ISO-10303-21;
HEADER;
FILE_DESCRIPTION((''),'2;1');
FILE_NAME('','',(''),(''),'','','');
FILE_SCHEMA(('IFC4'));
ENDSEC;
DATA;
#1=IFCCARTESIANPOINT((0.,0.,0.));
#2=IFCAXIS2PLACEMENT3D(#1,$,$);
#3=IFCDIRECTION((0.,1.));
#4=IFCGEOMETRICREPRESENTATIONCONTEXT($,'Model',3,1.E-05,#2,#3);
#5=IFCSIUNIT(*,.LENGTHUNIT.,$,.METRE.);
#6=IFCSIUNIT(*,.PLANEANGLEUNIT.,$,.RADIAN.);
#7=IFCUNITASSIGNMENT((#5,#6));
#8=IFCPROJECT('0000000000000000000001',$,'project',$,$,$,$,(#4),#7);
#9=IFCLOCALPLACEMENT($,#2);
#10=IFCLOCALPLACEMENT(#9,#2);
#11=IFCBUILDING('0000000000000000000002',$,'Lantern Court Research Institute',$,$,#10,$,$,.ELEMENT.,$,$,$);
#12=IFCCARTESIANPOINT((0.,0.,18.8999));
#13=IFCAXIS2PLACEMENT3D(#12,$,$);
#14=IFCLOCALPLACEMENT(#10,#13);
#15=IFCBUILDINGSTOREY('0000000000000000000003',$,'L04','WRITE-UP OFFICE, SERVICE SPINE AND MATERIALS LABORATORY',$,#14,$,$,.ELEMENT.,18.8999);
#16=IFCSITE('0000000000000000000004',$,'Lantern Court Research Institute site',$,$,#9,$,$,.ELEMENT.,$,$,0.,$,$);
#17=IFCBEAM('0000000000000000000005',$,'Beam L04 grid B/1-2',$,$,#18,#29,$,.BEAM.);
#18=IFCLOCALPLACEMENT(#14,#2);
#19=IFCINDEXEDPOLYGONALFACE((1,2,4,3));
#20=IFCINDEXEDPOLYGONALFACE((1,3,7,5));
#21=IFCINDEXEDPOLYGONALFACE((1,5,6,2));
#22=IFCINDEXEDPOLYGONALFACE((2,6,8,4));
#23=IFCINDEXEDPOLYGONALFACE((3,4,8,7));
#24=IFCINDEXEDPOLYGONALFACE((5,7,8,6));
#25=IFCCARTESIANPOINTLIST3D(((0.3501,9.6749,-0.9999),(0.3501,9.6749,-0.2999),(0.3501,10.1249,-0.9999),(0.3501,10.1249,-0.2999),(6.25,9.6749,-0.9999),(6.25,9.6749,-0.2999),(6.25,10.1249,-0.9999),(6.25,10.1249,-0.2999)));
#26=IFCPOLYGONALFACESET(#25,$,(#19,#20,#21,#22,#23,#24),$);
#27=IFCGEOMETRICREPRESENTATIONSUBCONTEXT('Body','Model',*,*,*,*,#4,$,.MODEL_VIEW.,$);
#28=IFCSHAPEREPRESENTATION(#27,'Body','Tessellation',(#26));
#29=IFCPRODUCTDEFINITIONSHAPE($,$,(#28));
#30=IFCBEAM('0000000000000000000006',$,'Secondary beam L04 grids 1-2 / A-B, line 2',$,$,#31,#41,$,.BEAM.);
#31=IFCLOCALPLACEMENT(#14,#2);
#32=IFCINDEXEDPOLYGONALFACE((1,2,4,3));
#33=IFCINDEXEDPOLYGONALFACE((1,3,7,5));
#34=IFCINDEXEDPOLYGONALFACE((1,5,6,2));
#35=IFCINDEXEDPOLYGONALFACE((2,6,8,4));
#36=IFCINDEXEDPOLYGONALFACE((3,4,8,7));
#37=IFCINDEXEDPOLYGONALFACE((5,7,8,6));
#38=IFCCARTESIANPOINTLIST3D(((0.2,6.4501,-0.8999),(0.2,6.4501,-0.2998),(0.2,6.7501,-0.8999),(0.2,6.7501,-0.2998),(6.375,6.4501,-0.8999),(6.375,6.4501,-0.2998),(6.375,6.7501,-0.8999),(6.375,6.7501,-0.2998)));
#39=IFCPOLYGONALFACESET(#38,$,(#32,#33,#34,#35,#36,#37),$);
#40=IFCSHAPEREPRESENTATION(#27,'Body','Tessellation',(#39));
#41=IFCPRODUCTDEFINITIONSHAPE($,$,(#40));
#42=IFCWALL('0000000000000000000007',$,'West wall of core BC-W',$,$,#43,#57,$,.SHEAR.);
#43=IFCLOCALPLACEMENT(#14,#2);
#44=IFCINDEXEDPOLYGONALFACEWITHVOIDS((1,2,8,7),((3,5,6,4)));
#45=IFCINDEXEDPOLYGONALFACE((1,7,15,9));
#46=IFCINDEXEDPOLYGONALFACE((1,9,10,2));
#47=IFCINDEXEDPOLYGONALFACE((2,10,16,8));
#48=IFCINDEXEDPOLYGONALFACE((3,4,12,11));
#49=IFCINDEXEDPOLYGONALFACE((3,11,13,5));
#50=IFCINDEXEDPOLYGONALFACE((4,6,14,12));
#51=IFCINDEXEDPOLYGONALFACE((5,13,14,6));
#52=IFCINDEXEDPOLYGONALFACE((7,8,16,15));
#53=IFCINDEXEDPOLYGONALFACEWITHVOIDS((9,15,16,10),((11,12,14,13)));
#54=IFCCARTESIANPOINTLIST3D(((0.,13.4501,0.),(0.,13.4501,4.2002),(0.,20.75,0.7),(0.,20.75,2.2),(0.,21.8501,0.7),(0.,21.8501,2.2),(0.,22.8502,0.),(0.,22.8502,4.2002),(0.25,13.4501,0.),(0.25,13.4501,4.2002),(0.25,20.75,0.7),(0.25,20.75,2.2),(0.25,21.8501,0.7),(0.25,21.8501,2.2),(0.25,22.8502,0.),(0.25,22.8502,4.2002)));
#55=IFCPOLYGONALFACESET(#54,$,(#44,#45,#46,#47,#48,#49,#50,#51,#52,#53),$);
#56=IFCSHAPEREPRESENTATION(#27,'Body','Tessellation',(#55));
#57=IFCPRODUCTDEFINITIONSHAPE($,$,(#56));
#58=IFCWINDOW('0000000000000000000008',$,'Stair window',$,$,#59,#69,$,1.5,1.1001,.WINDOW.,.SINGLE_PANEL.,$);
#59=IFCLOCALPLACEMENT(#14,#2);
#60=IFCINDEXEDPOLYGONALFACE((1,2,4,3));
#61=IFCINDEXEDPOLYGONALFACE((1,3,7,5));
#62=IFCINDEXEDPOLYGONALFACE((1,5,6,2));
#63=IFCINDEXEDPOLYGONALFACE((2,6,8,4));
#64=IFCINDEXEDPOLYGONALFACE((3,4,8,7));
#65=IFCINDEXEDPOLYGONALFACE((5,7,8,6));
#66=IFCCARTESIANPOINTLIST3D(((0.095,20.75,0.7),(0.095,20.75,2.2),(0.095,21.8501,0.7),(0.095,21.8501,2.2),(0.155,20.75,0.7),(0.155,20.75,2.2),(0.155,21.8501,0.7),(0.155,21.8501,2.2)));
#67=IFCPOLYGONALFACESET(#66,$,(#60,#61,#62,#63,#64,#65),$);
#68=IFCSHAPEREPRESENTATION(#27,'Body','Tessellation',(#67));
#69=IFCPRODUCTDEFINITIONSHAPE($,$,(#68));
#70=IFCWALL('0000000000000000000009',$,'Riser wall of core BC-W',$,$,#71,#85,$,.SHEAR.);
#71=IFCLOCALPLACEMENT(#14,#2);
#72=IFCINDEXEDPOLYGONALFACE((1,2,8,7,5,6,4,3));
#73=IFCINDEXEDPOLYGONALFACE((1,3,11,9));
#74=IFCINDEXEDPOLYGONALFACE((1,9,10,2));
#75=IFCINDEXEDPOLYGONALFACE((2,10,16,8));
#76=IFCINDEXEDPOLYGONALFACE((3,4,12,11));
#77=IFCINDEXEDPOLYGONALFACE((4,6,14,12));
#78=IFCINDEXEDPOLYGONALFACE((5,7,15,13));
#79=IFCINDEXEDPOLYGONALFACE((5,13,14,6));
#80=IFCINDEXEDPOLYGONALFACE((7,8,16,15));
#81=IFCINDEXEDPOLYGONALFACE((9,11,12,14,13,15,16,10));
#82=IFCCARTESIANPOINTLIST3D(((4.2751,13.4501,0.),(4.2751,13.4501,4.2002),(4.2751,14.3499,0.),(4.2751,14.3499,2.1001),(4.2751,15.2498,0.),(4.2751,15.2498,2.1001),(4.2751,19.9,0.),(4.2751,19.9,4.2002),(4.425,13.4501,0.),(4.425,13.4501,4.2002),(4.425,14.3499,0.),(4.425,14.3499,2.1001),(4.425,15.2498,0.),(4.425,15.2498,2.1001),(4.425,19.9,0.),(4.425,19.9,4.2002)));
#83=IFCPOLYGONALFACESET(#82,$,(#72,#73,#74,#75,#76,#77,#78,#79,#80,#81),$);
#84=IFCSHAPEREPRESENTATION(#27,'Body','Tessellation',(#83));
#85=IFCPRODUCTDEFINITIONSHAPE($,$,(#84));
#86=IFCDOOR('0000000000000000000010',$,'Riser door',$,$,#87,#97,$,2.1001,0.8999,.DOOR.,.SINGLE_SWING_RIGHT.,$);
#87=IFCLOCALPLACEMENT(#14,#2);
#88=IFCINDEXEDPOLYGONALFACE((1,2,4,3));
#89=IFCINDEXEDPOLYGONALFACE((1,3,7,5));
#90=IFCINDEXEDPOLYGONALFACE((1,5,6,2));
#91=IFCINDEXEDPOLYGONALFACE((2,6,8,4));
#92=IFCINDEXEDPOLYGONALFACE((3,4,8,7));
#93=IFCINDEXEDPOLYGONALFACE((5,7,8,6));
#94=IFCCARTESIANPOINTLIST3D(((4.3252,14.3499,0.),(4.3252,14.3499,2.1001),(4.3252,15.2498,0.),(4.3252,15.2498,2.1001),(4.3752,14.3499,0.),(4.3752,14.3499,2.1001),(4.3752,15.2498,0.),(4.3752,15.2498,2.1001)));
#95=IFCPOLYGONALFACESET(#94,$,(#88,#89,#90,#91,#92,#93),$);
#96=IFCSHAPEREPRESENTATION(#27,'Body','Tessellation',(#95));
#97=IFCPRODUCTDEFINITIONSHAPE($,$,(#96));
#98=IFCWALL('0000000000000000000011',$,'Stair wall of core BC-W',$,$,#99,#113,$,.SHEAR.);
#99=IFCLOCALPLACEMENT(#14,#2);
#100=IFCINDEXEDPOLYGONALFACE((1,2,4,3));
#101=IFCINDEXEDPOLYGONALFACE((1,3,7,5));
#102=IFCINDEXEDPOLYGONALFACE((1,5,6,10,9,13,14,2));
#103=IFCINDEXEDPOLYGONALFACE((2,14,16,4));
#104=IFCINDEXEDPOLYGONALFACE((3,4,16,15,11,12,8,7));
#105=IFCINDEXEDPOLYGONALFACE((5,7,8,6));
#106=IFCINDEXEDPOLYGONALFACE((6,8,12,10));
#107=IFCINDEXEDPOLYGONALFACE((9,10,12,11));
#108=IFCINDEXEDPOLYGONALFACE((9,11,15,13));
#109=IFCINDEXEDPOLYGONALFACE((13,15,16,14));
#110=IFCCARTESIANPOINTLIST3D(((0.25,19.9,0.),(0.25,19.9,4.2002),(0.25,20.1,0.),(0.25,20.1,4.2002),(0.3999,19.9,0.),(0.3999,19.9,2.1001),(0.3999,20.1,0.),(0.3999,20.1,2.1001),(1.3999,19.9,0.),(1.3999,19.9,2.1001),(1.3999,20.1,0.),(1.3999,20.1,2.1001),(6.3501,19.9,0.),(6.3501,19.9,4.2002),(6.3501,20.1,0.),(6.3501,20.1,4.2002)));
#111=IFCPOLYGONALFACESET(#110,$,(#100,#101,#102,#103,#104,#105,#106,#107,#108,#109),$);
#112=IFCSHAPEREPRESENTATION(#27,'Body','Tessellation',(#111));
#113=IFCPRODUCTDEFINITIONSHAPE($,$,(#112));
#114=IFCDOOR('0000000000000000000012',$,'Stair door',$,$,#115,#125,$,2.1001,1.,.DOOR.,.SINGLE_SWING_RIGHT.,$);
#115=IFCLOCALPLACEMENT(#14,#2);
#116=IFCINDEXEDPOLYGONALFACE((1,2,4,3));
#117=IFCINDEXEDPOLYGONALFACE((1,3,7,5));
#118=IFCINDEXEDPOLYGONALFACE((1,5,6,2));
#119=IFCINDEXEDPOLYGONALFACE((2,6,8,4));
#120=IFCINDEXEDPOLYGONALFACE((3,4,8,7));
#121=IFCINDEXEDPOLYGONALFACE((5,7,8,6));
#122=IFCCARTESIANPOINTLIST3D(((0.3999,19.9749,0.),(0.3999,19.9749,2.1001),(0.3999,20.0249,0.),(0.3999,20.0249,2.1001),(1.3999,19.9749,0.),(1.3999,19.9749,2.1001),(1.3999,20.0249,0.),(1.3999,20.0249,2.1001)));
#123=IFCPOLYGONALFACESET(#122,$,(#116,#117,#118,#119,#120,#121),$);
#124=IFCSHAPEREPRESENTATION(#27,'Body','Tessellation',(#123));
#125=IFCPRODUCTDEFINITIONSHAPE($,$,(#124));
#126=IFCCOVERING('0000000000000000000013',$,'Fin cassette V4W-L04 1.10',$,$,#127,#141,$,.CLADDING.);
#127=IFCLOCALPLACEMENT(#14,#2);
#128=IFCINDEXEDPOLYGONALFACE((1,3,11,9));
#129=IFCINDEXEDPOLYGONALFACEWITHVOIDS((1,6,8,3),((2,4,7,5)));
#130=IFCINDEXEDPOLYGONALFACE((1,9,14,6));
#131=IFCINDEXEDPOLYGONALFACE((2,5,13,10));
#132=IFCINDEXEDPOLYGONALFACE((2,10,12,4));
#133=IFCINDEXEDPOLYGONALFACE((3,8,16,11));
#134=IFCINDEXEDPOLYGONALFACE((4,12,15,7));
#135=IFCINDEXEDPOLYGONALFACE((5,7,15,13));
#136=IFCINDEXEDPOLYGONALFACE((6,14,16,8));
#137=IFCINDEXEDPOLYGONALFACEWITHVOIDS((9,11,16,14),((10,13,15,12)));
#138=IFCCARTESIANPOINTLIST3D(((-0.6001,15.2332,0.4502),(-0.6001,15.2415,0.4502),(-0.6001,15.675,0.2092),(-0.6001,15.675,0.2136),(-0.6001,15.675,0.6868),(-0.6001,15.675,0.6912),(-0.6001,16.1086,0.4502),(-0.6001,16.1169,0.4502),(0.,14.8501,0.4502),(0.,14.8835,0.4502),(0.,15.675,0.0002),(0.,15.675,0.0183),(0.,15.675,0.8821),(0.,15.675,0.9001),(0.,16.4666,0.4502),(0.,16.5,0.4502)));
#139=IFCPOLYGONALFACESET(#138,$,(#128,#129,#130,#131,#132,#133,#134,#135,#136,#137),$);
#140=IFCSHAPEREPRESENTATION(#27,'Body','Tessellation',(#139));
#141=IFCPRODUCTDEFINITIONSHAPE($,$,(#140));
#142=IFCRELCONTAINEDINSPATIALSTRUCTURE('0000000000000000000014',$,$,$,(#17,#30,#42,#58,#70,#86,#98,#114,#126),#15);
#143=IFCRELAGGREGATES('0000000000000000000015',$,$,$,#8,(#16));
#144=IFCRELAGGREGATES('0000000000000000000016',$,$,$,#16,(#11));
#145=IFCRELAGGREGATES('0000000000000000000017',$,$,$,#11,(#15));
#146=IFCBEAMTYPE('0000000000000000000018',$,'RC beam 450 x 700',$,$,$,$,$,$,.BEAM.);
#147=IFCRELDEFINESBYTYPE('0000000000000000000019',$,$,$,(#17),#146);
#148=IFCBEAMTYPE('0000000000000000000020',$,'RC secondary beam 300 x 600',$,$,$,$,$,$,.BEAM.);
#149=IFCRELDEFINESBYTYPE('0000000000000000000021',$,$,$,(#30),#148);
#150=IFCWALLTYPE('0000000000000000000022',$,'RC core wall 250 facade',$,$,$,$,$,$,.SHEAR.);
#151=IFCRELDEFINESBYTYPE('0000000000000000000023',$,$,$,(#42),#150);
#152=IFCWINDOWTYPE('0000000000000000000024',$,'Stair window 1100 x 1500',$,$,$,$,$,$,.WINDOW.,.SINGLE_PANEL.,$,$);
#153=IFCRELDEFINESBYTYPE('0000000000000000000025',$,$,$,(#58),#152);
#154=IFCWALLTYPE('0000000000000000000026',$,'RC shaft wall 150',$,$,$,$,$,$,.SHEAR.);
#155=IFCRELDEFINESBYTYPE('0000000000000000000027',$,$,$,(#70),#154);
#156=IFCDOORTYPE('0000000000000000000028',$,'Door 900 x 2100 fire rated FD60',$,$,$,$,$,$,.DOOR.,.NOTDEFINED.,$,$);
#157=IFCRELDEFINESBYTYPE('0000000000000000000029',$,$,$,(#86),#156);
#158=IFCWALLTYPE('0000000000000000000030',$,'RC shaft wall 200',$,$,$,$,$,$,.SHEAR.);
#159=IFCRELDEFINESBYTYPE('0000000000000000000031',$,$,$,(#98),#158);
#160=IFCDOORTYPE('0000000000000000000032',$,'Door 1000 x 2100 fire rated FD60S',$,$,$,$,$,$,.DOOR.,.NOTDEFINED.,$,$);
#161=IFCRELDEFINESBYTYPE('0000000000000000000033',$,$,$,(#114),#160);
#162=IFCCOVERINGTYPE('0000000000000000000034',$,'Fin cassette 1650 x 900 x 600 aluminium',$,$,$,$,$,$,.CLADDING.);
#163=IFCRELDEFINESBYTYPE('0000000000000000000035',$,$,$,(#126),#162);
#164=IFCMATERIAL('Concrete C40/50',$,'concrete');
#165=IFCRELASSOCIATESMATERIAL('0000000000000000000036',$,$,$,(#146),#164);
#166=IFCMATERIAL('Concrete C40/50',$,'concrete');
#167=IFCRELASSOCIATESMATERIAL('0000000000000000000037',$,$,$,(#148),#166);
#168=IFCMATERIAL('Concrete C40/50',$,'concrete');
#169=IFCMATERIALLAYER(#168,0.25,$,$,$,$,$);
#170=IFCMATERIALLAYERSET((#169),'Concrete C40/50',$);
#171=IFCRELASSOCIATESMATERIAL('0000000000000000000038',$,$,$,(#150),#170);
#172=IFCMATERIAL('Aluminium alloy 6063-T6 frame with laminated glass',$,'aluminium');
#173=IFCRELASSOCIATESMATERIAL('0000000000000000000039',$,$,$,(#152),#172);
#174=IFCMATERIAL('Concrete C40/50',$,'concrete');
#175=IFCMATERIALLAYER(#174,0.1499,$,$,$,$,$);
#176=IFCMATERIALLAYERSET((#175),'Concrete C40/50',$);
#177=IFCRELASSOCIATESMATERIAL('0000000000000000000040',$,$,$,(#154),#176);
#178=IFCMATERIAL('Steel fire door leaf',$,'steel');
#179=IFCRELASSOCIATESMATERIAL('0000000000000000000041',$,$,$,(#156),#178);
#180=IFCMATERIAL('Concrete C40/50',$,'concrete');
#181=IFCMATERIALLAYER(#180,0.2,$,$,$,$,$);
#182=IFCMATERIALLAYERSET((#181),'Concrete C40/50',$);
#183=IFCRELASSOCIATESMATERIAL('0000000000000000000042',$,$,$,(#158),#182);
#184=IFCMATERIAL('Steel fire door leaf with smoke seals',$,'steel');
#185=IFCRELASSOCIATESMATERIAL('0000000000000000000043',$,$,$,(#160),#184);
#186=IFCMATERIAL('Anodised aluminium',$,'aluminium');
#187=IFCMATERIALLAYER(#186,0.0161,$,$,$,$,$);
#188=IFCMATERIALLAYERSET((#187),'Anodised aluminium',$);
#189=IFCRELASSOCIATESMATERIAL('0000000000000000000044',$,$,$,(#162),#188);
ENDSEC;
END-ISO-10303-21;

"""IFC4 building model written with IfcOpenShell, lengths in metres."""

from ifc_helpers import new_model, entity, si_unit, direction, frame, frame_2d, origin, origin_2d, place, context, subcontext, project, spatial, rectangle, extrude, material, layer, layer_set, material_profile, profile_set, type_object, element, fill, save


model = new_model("IFC4")

# Units and contexts
model_context = context("Model", 3, precision=1e-05, world=origin(), true_north=direction((0.0, 1.0)))
body_context = subcontext(model_context, "Body", "Model", "MODEL_VIEW")
ifc_project = project(units=[si_unit("LENGTHUNIT", "METRE"), si_unit("PLANEANGLEUNIT", "RADIAN")], contexts=[model_context])

# Site, building, storey
site_placement = place(None, origin())
site = spatial("IfcSite", under=ifc_project, at=site_placement, Name="Lantern Court Research Institute site", CompositionType="ELEMENT", RefElevation=0.0)
building_placement = place(site_placement, origin())
building = spatial("IfcBuilding", under=site, at=building_placement, Name="Lantern Court Research Institute", CompositionType="ELEMENT")
storey_placement = place(building_placement, frame((0.0, 0.0, 18.8999)))
storey = spatial("IfcBuildingStorey", under=building, at=storey_placement, Name="L04", Description="WRITE-UP OFFICE, SERVICE SPINE AND MATERIALS LABORATORY", CompositionType="ELEMENT", Elevation=18.8999)

# Beams
ifc_material_1 = material(Name="Concrete C40/50", Category="concrete")
ifc_material_profile_1 = material_profile(ifc_material_1, rectangle(XDim=0.45, YDim=0.7, at=origin_2d()), Name="RC beam 450 x 700")
ifc_profile_set_1 = profile_set([ifc_material_profile_1], Name="Concrete C40/50")
beam_type_1 = type_object("IfcBeamType", Name="RC beam 450 x 700", PredefinedType="BEAM", material=ifc_profile_set_1)
beam_1_placement = place(storey_placement, frame((0.3501, 9.8999, -0.6499), z_axis=(1.0, 0.0, 0.0), x_axis=(0.0, 1.0, 0.0)))
element("IfcBeam", 1, at=beam_1_placement, inside=storey, type_object=beam_type_1, Name="Beam L04 grid B/1-2", PredefinedType="BEAM", context=body_context, shape_type="SweptSolid", body=[
    extrude(rectangle(XDim=0.45, YDim=0.7, at=origin_2d()), origin(), (0.0, 0.0, 1.0), 5.8999),
])
ifc_material_2 = material(Name="Concrete C40/50", Category="concrete")
ifc_material_profile_2 = material_profile(ifc_material_2, rectangle(XDim=0.3, YDim=0.6001, at=origin_2d()), Name="RC beam 300 x 600")
ifc_profile_set_2 = profile_set([ifc_material_profile_2], Name="Concrete C40/50")
beam_type_2 = type_object("IfcBeamType", Name="RC secondary beam 300 x 600", PredefinedType="BEAM", material=ifc_profile_set_2)
beam_2_placement = place(storey_placement, frame((0.2, 6.6001, -0.5999), z_axis=(1.0, 0.0, 0.0), x_axis=(0.0, 1.0, 0.0)))
element("IfcBeam", 2, at=beam_2_placement, inside=storey, type_object=beam_type_2, Name="Secondary beam L04 grids 1-2 / A-B, line 2", PredefinedType="BEAM", context=body_context, shape_type="SweptSolid", body=[
    extrude(rectangle(XDim=0.3, YDim=0.6001, at=origin_2d()), origin(), (0.0, 0.0, 1.0), 6.175),
])

# Wall, opening, window
ifc_material_3 = material(Name="Concrete C40/50", Category="concrete")
ifc_layer_1 = layer(ifc_material_3, 0.25)
ifc_layer_set_1 = layer_set([ifc_layer_1], Name="Concrete C40/50")
wall_type_1 = type_object("IfcWallType", Name="RC core wall 250 facade", PredefinedType="SHEAR", material=ifc_layer_set_1)
wall_1_placement = place(storey_placement, frame((0.125, 13.45, 0.0), z_axis=(0.0, 0.0, 1.0), x_axis=(0.0, 1.0, 0.0)))
wall_1 = element("IfcWall", 3, at=wall_1_placement, inside=storey, type_object=wall_type_1, Name="West wall of core BC-W", PredefinedType="SHEAR", context=body_context, shape_type="SweptSolid", body=[
    extrude(rectangle(XDim=9.4001, YDim=0.25, at=frame_2d((4.7002, 0.0))), origin(), (0.0, 0.0, 1.0), 4.2002),
])
opening_1_placement = place(wall_1_placement, frame((7.3, 0.0, 0.7)))
opening_1 = element("IfcOpeningElement", 4, at=opening_1_placement, cuts=wall_1, PredefinedType="OPENING", context=body_context, shape_type="SweptSolid", body=[
    extrude(rectangle(XDim=1.1001, YDim=1.5, at=frame_2d((0.55, 0.75))), frame((0.0, 0.135, 0.0), z_axis=(0.0, -1.0, 0.0), x_axis=(1.0, 0.0, 0.0)), (0.0, 0.0, 1.0), 0.27),
])
ifc_material_4 = material(Name="Aluminium alloy 6063-T6 frame with laminated glass", Category="aluminium")
window_type = type_object("IfcWindowType", Name="Stair window 1100 x 1500", PartitioningType="SINGLE_PANEL", PredefinedType="WINDOW", material=ifc_material_4)
window_placement = place(opening_1_placement, origin())
window = element("IfcWindow", 5, at=window_placement, inside=storey, type_object=window_type, Name="Stair window", OverallHeight=1.5, OverallWidth=1.1001, PartitioningType="SINGLE_PANEL", PredefinedType="WINDOW", context=body_context, shape_type="SweptSolid", body=[
    extrude(rectangle(XDim=1.1001, YDim=1.5, at=frame_2d((0.55, 0.75))), frame((0.0, 0.03, 0.0), z_axis=(0.0, -1.0, 0.0), x_axis=(1.0, 0.0, 0.0)), (0.0, 0.0, 1.0), 0.0601),
])
fill(opening_1, window)

# Walls, openings, doors
ifc_material_5 = material(Name="Concrete C40/50", Category="concrete")
ifc_layer_2 = layer(ifc_material_5, 0.1499)
ifc_layer_set_2 = layer_set([ifc_layer_2], Name="Concrete C40/50")
wall_type_2 = type_object("IfcWallType", Name="RC shaft wall 150", PredefinedType="SHEAR", material=ifc_layer_set_2)
wall_2_placement = place(storey_placement, frame((4.3501, 13.45, 0.0), z_axis=(0.0, 0.0, 1.0), x_axis=(0.0, 1.0, 0.0)))
wall_2 = element("IfcWall", 6, at=wall_2_placement, inside=storey, type_object=wall_type_2, Name="Riser wall of core BC-W", PredefinedType="SHEAR", context=body_context, shape_type="SweptSolid", body=[
    extrude(rectangle(XDim=6.45, YDim=0.1499, at=frame_2d((3.2251, 0.0))), origin(), (0.0, 0.0, 1.0), 4.2002),
])
opening_2_placement = place(wall_2_placement, frame((0.8999, 0.0, 0.0)))
opening_2 = element("IfcOpeningElement", 7, at=opening_2_placement, cuts=wall_2, PredefinedType="OPENING", context=body_context, shape_type="SweptSolid", body=[
    extrude(rectangle(XDim=0.8999, YDim=2.1001, at=frame_2d((0.45, 1.05))), frame((0.0, 0.085, 0.0), z_axis=(0.0, -1.0, 0.0), x_axis=(1.0, 0.0, 0.0)), (0.0, 0.0, 1.0), 0.1699),
])
ifc_material_6 = material(Name="Steel fire door leaf", Category="steel")
door_type_1 = type_object("IfcDoorType", Name="Door 900 x 2100 fire rated FD60", OperationType="NOTDEFINED", PredefinedType="DOOR", material=ifc_material_6)
door_1_placement = place(opening_2_placement, origin())
door_1 = element("IfcDoor", 8, at=door_1_placement, inside=storey, type_object=door_type_1, Name="Riser door", OperationType="SINGLE_SWING_RIGHT", OverallHeight=2.1001, OverallWidth=0.8999, PredefinedType="DOOR", context=body_context, shape_type="SweptSolid", body=[
    extrude(rectangle(XDim=0.8999, YDim=2.1001, at=frame_2d((0.45, 1.05))), frame((0.0, 0.0249, 0.0), z_axis=(0.0, -1.0, 0.0), x_axis=(1.0, 0.0, 0.0)), (0.0, 0.0, 1.0), 0.05),
])
fill(opening_2, door_1)
ifc_material_7 = material(Name="Concrete C40/50", Category="concrete")
ifc_layer_3 = layer(ifc_material_7, 0.2)
ifc_layer_set_3 = layer_set([ifc_layer_3], Name="Concrete C40/50")
wall_type_3 = type_object("IfcWallType", Name="RC shaft wall 200", PredefinedType="SHEAR", material=ifc_layer_set_3)
wall_3_placement = place(storey_placement, frame((0.25, 20.0, 0.0), z_axis=(0.0, 0.0, 1.0), x_axis=(1.0, 0.0, 0.0)))
wall_3 = element("IfcWall", 9, at=wall_3_placement, inside=storey, type_object=wall_type_3, Name="Stair wall of core BC-W", PredefinedType="SHEAR", context=body_context, shape_type="SweptSolid", body=[
    extrude(rectangle(XDim=6.1001, YDim=0.2, at=frame_2d((3.05, 0.0))), origin(), (0.0, 0.0, 1.0), 4.2002),
])
opening_3_placement = place(wall_3_placement, frame((0.1499, 0.0, 0.0)))
opening_3 = element("IfcOpeningElement", 10, at=opening_3_placement, cuts=wall_3, PredefinedType="OPENING", context=body_context, shape_type="SweptSolid", body=[
    extrude(rectangle(XDim=1.0, YDim=2.1001, at=frame_2d((0.5, 1.05))), frame((0.0, 0.1099, 0.0), z_axis=(0.0, -1.0, 0.0), x_axis=(1.0, 0.0, 0.0)), (0.0, 0.0, 1.0), 0.22),
])
ifc_material_8 = material(Name="Steel fire door leaf with smoke seals", Category="steel")
door_type_2 = type_object("IfcDoorType", Name="Door 1000 x 2100 fire rated FD60S", OperationType="NOTDEFINED", PredefinedType="DOOR", material=ifc_material_8)
door_2_placement = place(opening_3_placement, origin())
door_2 = element("IfcDoor", 11, at=door_2_placement, inside=storey, type_object=door_type_2, Name="Stair door", OperationType="SINGLE_SWING_RIGHT", OverallHeight=2.1001, OverallWidth=1.0, PredefinedType="DOOR", context=body_context, shape_type="SweptSolid", body=[
    extrude(rectangle(XDim=1.0, YDim=2.1001, at=frame_2d((0.5, 1.05))), frame((0.0, 0.0249, 0.0), z_axis=(0.0, -1.0, 0.0), x_axis=(1.0, 0.0, 0.0)), (0.0, 0.0, 1.0), 0.05),
])
fill(opening_3, door_2)

# Covering
ifc_material_9 = material(Name="Anodised aluminium", Category="aluminium")
ifc_layer_4 = layer(ifc_material_9, 0.0161)
ifc_layer_set_4 = layer_set([ifc_layer_4], Name="Anodised aluminium")
covering_type = type_object("IfcCoveringType", Name="Fin cassette 1650 x 900 x 600 aluminium", PredefinedType="CLADDING", material=ifc_layer_set_4)
covering_1_placement = place(storey_placement, frame((0.0, 15.675, 0.4502), z_axis=(-1.0, 0.0, 0.0), x_axis=(0.0, -1.0, 0.0)))
cartesian_point_1 = entity("IfcCartesianPoint", [0.825, 0.0])
cartesian_point_2 = entity("IfcCartesianPoint", [0.7915, 0.0])
cartesian_point_3 = entity("IfcCartesianPoint", [0.4419, 0.0])
cartesian_point_4 = entity("IfcCartesianPoint", [0.4336, 0.0])
element("IfcCovering", 12, at=covering_1_placement, inside=storey, type_object=covering_type, Name="Fin cassette V4W-L04 1.10", PredefinedType="CLADDING", context=body_context, shape_type="SweptSolid", body=[
    entity("IfcExtrudedAreaSolidTapered", entity("IfcArbitraryProfileDefWithVoids", "AREA", None, entity("IfcPolyline", [cartesian_point_1, entity("IfcCartesianPoint", [0.0, 0.45]), entity("IfcCartesianPoint", [-0.825, 0.0]), entity("IfcCartesianPoint", [0.0, -0.45]), cartesian_point_1]), [entity("IfcPolyline", [cartesian_point_2, entity("IfcCartesianPoint", [0.0, 0.4319]), entity("IfcCartesianPoint", [-0.7915, 0.0]), entity("IfcCartesianPoint", [0.0, -0.4319]), cartesian_point_2])]), entity("IfcAxis2Placement3D", entity("IfcCartesianPoint", [0.0, 0.0, 0.0])), entity("IfcDirection", [0.0, 0.0, 1.0]), 0.6001, entity("IfcArbitraryProfileDefWithVoids", "AREA", None, entity("IfcPolyline", [cartesian_point_3, entity("IfcCartesianPoint", [0.0, 0.241]), entity("IfcCartesianPoint", [-0.4419, 0.0]), entity("IfcCartesianPoint", [0.0, -0.241]), cartesian_point_3]), [entity("IfcPolyline", [cartesian_point_4, entity("IfcCartesianPoint", [0.0, 0.2366]), entity("IfcCartesianPoint", [-0.4336, 0.0]), entity("IfcCartesianPoint", [0.0, -0.2366]), cartesian_point_4])])),
])

save(model, "model.ifc")
